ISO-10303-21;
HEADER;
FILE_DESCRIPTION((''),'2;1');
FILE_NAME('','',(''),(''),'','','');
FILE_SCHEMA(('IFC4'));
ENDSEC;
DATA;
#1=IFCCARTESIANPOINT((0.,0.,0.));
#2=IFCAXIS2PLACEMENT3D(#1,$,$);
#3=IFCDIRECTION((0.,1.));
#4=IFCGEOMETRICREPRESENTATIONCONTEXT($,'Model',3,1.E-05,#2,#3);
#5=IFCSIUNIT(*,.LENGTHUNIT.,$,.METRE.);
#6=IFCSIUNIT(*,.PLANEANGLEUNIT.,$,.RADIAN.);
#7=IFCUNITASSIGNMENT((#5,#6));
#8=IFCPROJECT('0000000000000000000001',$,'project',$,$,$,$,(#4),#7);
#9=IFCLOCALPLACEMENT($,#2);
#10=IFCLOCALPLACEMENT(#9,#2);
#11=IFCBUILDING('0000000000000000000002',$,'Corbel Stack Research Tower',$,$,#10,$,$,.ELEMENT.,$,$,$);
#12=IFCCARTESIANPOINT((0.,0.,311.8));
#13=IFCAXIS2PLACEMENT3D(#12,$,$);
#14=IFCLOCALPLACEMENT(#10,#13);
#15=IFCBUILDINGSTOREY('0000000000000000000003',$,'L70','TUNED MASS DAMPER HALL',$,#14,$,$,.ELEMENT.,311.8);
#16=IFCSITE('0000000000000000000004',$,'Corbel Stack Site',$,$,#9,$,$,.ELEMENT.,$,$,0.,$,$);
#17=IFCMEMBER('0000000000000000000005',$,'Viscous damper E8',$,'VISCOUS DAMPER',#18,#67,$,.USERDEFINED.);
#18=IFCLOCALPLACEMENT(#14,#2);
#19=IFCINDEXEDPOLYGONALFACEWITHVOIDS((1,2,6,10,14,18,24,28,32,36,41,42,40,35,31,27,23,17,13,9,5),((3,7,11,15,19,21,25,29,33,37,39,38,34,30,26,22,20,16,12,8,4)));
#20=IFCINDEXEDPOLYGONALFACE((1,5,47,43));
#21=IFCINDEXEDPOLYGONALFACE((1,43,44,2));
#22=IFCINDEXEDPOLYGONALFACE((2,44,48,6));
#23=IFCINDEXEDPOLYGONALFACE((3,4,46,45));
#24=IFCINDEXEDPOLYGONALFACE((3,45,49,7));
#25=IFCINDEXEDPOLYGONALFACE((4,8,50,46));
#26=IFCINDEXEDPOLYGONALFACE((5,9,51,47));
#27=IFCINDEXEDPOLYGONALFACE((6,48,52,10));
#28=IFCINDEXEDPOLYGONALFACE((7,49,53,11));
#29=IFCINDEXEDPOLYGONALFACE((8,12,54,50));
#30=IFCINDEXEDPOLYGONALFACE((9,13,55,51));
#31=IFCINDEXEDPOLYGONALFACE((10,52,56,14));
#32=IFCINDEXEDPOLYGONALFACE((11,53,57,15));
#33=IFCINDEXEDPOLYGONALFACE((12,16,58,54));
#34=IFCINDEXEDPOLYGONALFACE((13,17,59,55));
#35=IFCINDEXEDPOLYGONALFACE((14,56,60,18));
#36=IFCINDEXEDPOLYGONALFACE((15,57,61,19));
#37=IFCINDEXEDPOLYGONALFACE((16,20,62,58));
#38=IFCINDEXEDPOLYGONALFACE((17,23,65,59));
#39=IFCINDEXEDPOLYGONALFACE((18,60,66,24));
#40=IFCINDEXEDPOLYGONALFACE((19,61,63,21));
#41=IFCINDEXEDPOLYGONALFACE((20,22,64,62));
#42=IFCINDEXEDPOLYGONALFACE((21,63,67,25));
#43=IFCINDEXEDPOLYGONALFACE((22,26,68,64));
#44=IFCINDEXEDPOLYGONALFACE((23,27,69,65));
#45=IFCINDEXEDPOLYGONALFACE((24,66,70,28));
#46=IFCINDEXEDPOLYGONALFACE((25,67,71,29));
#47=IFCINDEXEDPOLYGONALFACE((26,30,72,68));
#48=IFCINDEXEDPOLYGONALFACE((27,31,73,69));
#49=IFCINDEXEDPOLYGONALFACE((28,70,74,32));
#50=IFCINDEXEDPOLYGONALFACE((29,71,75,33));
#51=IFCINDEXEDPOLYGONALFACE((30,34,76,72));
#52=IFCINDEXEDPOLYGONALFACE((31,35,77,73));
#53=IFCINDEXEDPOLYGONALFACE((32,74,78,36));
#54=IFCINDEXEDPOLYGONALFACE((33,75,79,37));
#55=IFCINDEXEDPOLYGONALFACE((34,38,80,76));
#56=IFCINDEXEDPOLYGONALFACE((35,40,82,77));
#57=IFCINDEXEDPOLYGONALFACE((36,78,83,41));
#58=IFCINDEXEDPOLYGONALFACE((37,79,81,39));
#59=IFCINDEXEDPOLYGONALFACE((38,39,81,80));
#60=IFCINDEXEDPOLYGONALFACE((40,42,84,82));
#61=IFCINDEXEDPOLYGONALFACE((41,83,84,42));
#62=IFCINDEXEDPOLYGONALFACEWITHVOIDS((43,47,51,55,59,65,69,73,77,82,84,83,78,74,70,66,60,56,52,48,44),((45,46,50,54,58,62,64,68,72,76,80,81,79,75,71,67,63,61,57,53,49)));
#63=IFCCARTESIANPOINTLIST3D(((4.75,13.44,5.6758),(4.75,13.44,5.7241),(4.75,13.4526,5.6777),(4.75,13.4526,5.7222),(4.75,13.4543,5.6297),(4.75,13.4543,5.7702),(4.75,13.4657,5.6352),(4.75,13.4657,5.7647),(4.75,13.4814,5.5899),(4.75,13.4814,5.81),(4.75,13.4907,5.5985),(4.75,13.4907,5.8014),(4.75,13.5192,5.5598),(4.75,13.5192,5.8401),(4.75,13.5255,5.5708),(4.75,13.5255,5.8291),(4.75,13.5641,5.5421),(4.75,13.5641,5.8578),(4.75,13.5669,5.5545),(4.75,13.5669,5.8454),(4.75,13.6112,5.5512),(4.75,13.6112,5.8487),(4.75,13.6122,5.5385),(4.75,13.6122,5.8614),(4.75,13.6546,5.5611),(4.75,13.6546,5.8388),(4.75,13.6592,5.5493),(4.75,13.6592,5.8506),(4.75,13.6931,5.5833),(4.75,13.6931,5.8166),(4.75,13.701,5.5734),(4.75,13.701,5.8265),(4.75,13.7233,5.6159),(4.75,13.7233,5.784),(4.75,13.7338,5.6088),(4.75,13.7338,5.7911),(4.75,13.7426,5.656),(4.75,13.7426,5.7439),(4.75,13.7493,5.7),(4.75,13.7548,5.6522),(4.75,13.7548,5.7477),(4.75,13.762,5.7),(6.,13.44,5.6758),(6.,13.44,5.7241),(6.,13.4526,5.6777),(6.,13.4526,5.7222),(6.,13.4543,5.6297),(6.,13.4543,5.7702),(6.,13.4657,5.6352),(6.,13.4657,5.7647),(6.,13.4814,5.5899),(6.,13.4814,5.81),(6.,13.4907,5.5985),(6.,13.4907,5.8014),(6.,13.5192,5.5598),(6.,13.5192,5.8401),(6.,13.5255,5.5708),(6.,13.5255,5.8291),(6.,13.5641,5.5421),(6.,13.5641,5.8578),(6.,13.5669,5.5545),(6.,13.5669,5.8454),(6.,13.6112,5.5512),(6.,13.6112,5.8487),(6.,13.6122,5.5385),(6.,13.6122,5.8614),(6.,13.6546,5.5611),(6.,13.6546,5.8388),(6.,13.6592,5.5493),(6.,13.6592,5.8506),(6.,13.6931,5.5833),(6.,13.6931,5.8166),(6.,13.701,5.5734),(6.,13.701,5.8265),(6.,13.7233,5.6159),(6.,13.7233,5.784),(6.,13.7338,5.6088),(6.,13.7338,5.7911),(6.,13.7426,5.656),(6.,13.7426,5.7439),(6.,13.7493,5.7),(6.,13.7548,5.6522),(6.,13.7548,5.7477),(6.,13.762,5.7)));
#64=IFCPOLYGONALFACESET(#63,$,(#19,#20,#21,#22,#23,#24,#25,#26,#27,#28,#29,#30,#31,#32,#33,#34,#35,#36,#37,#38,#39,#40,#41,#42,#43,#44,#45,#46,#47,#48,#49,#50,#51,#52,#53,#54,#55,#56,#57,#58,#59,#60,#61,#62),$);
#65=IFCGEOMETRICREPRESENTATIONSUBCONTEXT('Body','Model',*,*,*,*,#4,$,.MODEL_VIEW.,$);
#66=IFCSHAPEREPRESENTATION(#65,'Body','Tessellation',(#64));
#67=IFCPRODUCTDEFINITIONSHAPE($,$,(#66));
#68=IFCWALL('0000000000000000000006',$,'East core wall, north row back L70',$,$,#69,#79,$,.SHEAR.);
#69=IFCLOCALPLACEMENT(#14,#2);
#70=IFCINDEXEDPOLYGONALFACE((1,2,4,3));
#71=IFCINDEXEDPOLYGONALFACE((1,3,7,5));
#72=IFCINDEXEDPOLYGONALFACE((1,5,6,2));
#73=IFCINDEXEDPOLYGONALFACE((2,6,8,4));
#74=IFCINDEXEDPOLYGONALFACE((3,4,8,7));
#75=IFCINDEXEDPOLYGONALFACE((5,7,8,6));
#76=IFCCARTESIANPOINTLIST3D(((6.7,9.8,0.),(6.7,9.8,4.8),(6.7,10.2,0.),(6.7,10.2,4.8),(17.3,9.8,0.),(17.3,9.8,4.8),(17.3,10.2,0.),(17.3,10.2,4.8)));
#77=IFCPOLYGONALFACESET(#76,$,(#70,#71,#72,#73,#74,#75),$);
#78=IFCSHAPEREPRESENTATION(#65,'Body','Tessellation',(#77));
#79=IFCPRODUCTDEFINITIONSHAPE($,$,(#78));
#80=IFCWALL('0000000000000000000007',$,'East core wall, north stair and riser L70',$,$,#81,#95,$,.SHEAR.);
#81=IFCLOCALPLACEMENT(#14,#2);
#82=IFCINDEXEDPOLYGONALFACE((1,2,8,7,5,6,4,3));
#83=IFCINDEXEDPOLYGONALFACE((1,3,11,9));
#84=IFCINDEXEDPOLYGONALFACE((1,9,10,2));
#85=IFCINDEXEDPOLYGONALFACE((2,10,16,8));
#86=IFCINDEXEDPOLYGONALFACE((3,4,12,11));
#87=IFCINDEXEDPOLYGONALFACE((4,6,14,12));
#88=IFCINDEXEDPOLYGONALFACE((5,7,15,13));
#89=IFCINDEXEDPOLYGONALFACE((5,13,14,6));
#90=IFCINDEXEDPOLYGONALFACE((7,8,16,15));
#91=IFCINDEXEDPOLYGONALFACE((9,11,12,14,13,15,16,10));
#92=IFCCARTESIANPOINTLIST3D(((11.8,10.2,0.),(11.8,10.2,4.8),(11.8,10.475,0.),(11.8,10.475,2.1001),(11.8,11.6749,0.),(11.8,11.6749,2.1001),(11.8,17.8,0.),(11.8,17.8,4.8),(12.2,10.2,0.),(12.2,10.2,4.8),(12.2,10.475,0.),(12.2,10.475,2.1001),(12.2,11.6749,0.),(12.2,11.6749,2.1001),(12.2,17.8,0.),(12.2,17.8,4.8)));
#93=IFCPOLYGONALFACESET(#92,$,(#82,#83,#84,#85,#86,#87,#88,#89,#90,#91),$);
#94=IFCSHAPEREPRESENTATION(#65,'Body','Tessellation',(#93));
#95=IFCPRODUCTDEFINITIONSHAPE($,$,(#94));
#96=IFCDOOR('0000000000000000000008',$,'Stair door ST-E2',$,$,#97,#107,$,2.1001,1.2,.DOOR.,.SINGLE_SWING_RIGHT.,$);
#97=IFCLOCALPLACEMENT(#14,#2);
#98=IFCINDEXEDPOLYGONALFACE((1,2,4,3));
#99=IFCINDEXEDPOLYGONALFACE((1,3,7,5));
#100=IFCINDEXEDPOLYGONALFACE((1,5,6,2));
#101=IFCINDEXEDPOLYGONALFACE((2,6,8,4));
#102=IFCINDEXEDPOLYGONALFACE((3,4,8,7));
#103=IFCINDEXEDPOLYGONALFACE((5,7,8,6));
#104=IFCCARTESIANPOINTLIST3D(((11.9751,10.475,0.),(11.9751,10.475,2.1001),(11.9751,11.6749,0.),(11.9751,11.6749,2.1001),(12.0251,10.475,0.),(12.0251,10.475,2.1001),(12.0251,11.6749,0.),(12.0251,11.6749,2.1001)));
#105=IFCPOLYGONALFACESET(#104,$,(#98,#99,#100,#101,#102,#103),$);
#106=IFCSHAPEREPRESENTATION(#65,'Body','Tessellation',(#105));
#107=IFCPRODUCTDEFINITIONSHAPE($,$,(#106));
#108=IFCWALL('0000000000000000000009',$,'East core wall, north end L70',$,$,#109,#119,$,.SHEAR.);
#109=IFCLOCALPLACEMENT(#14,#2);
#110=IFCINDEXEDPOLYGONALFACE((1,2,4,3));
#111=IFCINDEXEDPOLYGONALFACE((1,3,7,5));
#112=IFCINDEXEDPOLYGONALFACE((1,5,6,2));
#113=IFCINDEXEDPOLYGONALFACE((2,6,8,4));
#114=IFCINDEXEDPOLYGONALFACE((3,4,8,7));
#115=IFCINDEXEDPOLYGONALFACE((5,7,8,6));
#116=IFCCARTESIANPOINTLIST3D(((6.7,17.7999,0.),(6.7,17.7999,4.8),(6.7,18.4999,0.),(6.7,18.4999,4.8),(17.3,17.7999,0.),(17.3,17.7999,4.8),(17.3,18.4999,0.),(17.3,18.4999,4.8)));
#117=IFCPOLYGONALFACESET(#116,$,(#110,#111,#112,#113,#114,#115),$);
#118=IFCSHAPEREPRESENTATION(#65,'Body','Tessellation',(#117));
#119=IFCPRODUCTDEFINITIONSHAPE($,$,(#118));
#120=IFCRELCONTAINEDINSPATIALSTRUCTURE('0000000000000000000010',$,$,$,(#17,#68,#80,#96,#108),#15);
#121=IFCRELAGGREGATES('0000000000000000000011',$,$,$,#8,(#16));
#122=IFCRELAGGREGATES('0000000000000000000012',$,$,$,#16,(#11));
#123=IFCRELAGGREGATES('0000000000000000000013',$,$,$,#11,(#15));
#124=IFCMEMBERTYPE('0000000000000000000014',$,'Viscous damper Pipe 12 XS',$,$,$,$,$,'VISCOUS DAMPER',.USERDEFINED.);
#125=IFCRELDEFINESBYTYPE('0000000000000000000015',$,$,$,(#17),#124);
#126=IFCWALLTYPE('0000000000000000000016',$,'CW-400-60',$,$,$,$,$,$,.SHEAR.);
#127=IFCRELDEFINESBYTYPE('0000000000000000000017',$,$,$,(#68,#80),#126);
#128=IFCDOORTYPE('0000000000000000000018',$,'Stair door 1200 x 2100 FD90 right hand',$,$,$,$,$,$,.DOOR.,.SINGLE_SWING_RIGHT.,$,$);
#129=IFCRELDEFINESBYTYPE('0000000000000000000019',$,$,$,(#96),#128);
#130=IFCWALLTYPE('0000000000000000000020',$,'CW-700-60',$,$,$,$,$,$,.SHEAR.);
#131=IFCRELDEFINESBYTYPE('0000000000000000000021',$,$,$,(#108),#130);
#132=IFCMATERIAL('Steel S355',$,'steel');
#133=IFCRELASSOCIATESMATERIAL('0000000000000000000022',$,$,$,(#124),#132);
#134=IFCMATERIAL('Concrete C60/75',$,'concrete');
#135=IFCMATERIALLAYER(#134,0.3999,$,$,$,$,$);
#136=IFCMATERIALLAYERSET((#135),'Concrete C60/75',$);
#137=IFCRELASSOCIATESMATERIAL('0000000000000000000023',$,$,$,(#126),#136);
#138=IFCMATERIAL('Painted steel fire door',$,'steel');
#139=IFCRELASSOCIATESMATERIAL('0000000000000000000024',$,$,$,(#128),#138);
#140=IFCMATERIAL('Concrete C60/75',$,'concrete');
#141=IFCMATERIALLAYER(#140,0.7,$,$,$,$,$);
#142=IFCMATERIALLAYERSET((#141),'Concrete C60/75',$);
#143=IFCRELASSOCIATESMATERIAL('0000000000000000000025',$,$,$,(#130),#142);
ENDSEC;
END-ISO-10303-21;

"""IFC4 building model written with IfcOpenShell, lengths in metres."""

from ifc_helpers import new_model, si_unit, direction, frame, frame_2d, origin, origin_2d, place, context, subcontext, project, spatial, rectangle, hollow_circle, extrude, material, layer, layer_set, material_profile, profile_set, type_object, element, fill, save


model = new_model("IFC4")

# Units and contexts
model_context = context("Model", 3, precision=1e-05, world=origin(), true_north=direction((0.0, 1.0)))
body_context = subcontext(model_context, "Body", "Model", "MODEL_VIEW")
ifc_project = project(units=[si_unit("LENGTHUNIT", "METRE"), si_unit("PLANEANGLEUNIT", "RADIAN")], contexts=[model_context])

# Site, building, storey
site_placement = place(None, origin())
site = spatial("IfcSite", under=ifc_project, at=site_placement, Name="Corbel Stack Site", CompositionType="ELEMENT", RefElevation=0.0)
building_placement = place(site_placement, origin())
building = spatial("IfcBuilding", under=site, at=building_placement, Name="Corbel Stack Research Tower", CompositionType="ELEMENT")
storey_placement = place(building_placement, frame((0.0, 0.0, 311.8)))
storey = spatial("IfcBuildingStorey", under=building, at=storey_placement, Name="L70", Description="TUNED MASS DAMPER HALL", CompositionType="ELEMENT", Elevation=311.8)

# Member
ifc_material_1 = material(Name="Steel S355", Category="steel")
ifc_material_profile_1 = material_profile(ifc_material_1, hollow_circle(Radius=0.1619, WallThickness=0.0127, at=origin_2d()), Name="Pipe 12 XS")
ifc_profile_set_1 = profile_set([ifc_material_profile_1], Name="Steel S355")
member_type_1 = type_object("IfcMemberType", Name="Viscous damper Pipe 12 XS", ElementType="VISCOUS DAMPER", PredefinedType="USERDEFINED", material=ifc_profile_set_1)
for number, where, z_axis, x_axis, name in (
    (1, (4.75, 13.6001, 5.7), (1.0, 0.0, 0.0), (0.0, 1.0, 0.0), "Viscous damper E8"),
):
    element("IfcMember", number, at=place(storey_placement, frame(where, z_axis=z_axis, x_axis=x_axis)), inside=storey, type_object=member_type_1, Name=name, ObjectType="VISCOUS DAMPER", PredefinedType="USERDEFINED", context=body_context, shape_type="SweptSolid", body=[
        extrude(hollow_circle(Radius=0.1619, WallThickness=0.0127, at=origin_2d()), origin(), (0.0, 0.0, 1.0), 1.25),
    ])

# Wall
ifc_material_2 = material(Name="Concrete C60/75", Category="concrete")
ifc_layer_1 = layer(ifc_material_2, 0.3999)
ifc_layer_set_1 = layer_set([ifc_layer_1], Name="Concrete C60/75")
wall_type_1 = type_object("IfcWallType", Name="CW-400-60", PredefinedType="SHEAR", material=ifc_layer_set_1)
wall_1_placement = place(storey_placement, frame((6.7, 10.0, 0.0), z_axis=(0.0, 0.0, 1.0), x_axis=(1.0, 0.0, 0.0)))
element("IfcWall", 2, at=wall_1_placement, inside=storey, type_object=wall_type_1, Name="East core wall, north row back L70", PredefinedType="SHEAR", context=body_context, shape_type="SweptSolid", body=[
    extrude(rectangle(XDim=10.6001, YDim=0.3999, at=frame_2d((5.3, 0.0))), origin(), (0.0, 0.0, 1.0), 4.8),
])

# Wall, opening, door
wall_2_placement = place(storey_placement, frame((12.0, 10.2, 0.0), z_axis=(0.0, 0.0, 1.0), x_axis=(0.0, 1.0, 0.0)))
wall_2 = element("IfcWall", 3, at=wall_2_placement, inside=storey, type_object=wall_type_1, Name="East core wall, north stair and riser L70", PredefinedType="SHEAR", context=body_context, shape_type="SweptSolid", body=[
    extrude(rectangle(XDim=7.6001, YDim=0.3999, at=frame_2d((3.8, 0.0))), origin(), (0.0, 0.0, 1.0), 4.8),
])
opening_placement = place(wall_2_placement, frame((0.2749, 0.0, 0.0)))
opening = element("IfcOpeningElement", 4, at=opening_placement, cuts=wall_2, PredefinedType="OPENING", context=body_context, shape_type="SweptSolid", body=[
    extrude(rectangle(XDim=1.2, YDim=2.1001, at=frame_2d((0.6001, 1.05))), frame((0.0, 0.21, 0.0), z_axis=(0.0, -1.0, 0.0), x_axis=(1.0, 0.0, 0.0)), (0.0, 0.0, 1.0), 0.4199),
])
ifc_material_3 = material(Name="Painted steel fire door", Category="steel")
door_type = type_object("IfcDoorType", Name="Stair door 1200 x 2100 FD90 right hand", OperationType="SINGLE_SWING_RIGHT", PredefinedType="DOOR", material=ifc_material_3)
door_placement = place(opening_placement, origin())
door = element("IfcDoor", 5, at=door_placement, inside=storey, type_object=door_type, Name="Stair door ST-E2", OperationType="SINGLE_SWING_RIGHT", OverallHeight=2.1001, OverallWidth=1.2, PredefinedType="DOOR", context=body_context, shape_type="SweptSolid", body=[
    extrude(rectangle(XDim=1.2, YDim=2.1001, at=frame_2d((0.6001, 1.05))), frame((0.0, 0.0249, 0.0), z_axis=(0.0, -1.0, 0.0), x_axis=(1.0, 0.0, 0.0)), (0.0, 0.0, 1.0), 0.05),
])
fill(opening, door)

# Wall
ifc_material_4 = material(Name="Concrete C60/75", Category="concrete")
ifc_layer_2 = layer(ifc_material_4, 0.7)
ifc_layer_set_2 = layer_set([ifc_layer_2], Name="Concrete C60/75")
wall_type_2 = type_object("IfcWallType", Name="CW-700-60", PredefinedType="SHEAR", material=ifc_layer_set_2)
wall_3_placement = place(storey_placement, frame((6.7, 18.1499, 0.0), z_axis=(0.0, 0.0, 1.0), x_axis=(1.0, 0.0, 0.0)))
element("IfcWall", 6, at=wall_3_placement, inside=storey, type_object=wall_type_2, Name="East core wall, north end L70", PredefinedType="SHEAR", context=body_context, shape_type="SweptSolid", body=[
    extrude(rectangle(XDim=10.6001, YDim=0.7, at=frame_2d((5.3, 0.0))), origin(), (0.0, 0.0, 1.0), 4.8),
])

save(model, "model.ifc")
